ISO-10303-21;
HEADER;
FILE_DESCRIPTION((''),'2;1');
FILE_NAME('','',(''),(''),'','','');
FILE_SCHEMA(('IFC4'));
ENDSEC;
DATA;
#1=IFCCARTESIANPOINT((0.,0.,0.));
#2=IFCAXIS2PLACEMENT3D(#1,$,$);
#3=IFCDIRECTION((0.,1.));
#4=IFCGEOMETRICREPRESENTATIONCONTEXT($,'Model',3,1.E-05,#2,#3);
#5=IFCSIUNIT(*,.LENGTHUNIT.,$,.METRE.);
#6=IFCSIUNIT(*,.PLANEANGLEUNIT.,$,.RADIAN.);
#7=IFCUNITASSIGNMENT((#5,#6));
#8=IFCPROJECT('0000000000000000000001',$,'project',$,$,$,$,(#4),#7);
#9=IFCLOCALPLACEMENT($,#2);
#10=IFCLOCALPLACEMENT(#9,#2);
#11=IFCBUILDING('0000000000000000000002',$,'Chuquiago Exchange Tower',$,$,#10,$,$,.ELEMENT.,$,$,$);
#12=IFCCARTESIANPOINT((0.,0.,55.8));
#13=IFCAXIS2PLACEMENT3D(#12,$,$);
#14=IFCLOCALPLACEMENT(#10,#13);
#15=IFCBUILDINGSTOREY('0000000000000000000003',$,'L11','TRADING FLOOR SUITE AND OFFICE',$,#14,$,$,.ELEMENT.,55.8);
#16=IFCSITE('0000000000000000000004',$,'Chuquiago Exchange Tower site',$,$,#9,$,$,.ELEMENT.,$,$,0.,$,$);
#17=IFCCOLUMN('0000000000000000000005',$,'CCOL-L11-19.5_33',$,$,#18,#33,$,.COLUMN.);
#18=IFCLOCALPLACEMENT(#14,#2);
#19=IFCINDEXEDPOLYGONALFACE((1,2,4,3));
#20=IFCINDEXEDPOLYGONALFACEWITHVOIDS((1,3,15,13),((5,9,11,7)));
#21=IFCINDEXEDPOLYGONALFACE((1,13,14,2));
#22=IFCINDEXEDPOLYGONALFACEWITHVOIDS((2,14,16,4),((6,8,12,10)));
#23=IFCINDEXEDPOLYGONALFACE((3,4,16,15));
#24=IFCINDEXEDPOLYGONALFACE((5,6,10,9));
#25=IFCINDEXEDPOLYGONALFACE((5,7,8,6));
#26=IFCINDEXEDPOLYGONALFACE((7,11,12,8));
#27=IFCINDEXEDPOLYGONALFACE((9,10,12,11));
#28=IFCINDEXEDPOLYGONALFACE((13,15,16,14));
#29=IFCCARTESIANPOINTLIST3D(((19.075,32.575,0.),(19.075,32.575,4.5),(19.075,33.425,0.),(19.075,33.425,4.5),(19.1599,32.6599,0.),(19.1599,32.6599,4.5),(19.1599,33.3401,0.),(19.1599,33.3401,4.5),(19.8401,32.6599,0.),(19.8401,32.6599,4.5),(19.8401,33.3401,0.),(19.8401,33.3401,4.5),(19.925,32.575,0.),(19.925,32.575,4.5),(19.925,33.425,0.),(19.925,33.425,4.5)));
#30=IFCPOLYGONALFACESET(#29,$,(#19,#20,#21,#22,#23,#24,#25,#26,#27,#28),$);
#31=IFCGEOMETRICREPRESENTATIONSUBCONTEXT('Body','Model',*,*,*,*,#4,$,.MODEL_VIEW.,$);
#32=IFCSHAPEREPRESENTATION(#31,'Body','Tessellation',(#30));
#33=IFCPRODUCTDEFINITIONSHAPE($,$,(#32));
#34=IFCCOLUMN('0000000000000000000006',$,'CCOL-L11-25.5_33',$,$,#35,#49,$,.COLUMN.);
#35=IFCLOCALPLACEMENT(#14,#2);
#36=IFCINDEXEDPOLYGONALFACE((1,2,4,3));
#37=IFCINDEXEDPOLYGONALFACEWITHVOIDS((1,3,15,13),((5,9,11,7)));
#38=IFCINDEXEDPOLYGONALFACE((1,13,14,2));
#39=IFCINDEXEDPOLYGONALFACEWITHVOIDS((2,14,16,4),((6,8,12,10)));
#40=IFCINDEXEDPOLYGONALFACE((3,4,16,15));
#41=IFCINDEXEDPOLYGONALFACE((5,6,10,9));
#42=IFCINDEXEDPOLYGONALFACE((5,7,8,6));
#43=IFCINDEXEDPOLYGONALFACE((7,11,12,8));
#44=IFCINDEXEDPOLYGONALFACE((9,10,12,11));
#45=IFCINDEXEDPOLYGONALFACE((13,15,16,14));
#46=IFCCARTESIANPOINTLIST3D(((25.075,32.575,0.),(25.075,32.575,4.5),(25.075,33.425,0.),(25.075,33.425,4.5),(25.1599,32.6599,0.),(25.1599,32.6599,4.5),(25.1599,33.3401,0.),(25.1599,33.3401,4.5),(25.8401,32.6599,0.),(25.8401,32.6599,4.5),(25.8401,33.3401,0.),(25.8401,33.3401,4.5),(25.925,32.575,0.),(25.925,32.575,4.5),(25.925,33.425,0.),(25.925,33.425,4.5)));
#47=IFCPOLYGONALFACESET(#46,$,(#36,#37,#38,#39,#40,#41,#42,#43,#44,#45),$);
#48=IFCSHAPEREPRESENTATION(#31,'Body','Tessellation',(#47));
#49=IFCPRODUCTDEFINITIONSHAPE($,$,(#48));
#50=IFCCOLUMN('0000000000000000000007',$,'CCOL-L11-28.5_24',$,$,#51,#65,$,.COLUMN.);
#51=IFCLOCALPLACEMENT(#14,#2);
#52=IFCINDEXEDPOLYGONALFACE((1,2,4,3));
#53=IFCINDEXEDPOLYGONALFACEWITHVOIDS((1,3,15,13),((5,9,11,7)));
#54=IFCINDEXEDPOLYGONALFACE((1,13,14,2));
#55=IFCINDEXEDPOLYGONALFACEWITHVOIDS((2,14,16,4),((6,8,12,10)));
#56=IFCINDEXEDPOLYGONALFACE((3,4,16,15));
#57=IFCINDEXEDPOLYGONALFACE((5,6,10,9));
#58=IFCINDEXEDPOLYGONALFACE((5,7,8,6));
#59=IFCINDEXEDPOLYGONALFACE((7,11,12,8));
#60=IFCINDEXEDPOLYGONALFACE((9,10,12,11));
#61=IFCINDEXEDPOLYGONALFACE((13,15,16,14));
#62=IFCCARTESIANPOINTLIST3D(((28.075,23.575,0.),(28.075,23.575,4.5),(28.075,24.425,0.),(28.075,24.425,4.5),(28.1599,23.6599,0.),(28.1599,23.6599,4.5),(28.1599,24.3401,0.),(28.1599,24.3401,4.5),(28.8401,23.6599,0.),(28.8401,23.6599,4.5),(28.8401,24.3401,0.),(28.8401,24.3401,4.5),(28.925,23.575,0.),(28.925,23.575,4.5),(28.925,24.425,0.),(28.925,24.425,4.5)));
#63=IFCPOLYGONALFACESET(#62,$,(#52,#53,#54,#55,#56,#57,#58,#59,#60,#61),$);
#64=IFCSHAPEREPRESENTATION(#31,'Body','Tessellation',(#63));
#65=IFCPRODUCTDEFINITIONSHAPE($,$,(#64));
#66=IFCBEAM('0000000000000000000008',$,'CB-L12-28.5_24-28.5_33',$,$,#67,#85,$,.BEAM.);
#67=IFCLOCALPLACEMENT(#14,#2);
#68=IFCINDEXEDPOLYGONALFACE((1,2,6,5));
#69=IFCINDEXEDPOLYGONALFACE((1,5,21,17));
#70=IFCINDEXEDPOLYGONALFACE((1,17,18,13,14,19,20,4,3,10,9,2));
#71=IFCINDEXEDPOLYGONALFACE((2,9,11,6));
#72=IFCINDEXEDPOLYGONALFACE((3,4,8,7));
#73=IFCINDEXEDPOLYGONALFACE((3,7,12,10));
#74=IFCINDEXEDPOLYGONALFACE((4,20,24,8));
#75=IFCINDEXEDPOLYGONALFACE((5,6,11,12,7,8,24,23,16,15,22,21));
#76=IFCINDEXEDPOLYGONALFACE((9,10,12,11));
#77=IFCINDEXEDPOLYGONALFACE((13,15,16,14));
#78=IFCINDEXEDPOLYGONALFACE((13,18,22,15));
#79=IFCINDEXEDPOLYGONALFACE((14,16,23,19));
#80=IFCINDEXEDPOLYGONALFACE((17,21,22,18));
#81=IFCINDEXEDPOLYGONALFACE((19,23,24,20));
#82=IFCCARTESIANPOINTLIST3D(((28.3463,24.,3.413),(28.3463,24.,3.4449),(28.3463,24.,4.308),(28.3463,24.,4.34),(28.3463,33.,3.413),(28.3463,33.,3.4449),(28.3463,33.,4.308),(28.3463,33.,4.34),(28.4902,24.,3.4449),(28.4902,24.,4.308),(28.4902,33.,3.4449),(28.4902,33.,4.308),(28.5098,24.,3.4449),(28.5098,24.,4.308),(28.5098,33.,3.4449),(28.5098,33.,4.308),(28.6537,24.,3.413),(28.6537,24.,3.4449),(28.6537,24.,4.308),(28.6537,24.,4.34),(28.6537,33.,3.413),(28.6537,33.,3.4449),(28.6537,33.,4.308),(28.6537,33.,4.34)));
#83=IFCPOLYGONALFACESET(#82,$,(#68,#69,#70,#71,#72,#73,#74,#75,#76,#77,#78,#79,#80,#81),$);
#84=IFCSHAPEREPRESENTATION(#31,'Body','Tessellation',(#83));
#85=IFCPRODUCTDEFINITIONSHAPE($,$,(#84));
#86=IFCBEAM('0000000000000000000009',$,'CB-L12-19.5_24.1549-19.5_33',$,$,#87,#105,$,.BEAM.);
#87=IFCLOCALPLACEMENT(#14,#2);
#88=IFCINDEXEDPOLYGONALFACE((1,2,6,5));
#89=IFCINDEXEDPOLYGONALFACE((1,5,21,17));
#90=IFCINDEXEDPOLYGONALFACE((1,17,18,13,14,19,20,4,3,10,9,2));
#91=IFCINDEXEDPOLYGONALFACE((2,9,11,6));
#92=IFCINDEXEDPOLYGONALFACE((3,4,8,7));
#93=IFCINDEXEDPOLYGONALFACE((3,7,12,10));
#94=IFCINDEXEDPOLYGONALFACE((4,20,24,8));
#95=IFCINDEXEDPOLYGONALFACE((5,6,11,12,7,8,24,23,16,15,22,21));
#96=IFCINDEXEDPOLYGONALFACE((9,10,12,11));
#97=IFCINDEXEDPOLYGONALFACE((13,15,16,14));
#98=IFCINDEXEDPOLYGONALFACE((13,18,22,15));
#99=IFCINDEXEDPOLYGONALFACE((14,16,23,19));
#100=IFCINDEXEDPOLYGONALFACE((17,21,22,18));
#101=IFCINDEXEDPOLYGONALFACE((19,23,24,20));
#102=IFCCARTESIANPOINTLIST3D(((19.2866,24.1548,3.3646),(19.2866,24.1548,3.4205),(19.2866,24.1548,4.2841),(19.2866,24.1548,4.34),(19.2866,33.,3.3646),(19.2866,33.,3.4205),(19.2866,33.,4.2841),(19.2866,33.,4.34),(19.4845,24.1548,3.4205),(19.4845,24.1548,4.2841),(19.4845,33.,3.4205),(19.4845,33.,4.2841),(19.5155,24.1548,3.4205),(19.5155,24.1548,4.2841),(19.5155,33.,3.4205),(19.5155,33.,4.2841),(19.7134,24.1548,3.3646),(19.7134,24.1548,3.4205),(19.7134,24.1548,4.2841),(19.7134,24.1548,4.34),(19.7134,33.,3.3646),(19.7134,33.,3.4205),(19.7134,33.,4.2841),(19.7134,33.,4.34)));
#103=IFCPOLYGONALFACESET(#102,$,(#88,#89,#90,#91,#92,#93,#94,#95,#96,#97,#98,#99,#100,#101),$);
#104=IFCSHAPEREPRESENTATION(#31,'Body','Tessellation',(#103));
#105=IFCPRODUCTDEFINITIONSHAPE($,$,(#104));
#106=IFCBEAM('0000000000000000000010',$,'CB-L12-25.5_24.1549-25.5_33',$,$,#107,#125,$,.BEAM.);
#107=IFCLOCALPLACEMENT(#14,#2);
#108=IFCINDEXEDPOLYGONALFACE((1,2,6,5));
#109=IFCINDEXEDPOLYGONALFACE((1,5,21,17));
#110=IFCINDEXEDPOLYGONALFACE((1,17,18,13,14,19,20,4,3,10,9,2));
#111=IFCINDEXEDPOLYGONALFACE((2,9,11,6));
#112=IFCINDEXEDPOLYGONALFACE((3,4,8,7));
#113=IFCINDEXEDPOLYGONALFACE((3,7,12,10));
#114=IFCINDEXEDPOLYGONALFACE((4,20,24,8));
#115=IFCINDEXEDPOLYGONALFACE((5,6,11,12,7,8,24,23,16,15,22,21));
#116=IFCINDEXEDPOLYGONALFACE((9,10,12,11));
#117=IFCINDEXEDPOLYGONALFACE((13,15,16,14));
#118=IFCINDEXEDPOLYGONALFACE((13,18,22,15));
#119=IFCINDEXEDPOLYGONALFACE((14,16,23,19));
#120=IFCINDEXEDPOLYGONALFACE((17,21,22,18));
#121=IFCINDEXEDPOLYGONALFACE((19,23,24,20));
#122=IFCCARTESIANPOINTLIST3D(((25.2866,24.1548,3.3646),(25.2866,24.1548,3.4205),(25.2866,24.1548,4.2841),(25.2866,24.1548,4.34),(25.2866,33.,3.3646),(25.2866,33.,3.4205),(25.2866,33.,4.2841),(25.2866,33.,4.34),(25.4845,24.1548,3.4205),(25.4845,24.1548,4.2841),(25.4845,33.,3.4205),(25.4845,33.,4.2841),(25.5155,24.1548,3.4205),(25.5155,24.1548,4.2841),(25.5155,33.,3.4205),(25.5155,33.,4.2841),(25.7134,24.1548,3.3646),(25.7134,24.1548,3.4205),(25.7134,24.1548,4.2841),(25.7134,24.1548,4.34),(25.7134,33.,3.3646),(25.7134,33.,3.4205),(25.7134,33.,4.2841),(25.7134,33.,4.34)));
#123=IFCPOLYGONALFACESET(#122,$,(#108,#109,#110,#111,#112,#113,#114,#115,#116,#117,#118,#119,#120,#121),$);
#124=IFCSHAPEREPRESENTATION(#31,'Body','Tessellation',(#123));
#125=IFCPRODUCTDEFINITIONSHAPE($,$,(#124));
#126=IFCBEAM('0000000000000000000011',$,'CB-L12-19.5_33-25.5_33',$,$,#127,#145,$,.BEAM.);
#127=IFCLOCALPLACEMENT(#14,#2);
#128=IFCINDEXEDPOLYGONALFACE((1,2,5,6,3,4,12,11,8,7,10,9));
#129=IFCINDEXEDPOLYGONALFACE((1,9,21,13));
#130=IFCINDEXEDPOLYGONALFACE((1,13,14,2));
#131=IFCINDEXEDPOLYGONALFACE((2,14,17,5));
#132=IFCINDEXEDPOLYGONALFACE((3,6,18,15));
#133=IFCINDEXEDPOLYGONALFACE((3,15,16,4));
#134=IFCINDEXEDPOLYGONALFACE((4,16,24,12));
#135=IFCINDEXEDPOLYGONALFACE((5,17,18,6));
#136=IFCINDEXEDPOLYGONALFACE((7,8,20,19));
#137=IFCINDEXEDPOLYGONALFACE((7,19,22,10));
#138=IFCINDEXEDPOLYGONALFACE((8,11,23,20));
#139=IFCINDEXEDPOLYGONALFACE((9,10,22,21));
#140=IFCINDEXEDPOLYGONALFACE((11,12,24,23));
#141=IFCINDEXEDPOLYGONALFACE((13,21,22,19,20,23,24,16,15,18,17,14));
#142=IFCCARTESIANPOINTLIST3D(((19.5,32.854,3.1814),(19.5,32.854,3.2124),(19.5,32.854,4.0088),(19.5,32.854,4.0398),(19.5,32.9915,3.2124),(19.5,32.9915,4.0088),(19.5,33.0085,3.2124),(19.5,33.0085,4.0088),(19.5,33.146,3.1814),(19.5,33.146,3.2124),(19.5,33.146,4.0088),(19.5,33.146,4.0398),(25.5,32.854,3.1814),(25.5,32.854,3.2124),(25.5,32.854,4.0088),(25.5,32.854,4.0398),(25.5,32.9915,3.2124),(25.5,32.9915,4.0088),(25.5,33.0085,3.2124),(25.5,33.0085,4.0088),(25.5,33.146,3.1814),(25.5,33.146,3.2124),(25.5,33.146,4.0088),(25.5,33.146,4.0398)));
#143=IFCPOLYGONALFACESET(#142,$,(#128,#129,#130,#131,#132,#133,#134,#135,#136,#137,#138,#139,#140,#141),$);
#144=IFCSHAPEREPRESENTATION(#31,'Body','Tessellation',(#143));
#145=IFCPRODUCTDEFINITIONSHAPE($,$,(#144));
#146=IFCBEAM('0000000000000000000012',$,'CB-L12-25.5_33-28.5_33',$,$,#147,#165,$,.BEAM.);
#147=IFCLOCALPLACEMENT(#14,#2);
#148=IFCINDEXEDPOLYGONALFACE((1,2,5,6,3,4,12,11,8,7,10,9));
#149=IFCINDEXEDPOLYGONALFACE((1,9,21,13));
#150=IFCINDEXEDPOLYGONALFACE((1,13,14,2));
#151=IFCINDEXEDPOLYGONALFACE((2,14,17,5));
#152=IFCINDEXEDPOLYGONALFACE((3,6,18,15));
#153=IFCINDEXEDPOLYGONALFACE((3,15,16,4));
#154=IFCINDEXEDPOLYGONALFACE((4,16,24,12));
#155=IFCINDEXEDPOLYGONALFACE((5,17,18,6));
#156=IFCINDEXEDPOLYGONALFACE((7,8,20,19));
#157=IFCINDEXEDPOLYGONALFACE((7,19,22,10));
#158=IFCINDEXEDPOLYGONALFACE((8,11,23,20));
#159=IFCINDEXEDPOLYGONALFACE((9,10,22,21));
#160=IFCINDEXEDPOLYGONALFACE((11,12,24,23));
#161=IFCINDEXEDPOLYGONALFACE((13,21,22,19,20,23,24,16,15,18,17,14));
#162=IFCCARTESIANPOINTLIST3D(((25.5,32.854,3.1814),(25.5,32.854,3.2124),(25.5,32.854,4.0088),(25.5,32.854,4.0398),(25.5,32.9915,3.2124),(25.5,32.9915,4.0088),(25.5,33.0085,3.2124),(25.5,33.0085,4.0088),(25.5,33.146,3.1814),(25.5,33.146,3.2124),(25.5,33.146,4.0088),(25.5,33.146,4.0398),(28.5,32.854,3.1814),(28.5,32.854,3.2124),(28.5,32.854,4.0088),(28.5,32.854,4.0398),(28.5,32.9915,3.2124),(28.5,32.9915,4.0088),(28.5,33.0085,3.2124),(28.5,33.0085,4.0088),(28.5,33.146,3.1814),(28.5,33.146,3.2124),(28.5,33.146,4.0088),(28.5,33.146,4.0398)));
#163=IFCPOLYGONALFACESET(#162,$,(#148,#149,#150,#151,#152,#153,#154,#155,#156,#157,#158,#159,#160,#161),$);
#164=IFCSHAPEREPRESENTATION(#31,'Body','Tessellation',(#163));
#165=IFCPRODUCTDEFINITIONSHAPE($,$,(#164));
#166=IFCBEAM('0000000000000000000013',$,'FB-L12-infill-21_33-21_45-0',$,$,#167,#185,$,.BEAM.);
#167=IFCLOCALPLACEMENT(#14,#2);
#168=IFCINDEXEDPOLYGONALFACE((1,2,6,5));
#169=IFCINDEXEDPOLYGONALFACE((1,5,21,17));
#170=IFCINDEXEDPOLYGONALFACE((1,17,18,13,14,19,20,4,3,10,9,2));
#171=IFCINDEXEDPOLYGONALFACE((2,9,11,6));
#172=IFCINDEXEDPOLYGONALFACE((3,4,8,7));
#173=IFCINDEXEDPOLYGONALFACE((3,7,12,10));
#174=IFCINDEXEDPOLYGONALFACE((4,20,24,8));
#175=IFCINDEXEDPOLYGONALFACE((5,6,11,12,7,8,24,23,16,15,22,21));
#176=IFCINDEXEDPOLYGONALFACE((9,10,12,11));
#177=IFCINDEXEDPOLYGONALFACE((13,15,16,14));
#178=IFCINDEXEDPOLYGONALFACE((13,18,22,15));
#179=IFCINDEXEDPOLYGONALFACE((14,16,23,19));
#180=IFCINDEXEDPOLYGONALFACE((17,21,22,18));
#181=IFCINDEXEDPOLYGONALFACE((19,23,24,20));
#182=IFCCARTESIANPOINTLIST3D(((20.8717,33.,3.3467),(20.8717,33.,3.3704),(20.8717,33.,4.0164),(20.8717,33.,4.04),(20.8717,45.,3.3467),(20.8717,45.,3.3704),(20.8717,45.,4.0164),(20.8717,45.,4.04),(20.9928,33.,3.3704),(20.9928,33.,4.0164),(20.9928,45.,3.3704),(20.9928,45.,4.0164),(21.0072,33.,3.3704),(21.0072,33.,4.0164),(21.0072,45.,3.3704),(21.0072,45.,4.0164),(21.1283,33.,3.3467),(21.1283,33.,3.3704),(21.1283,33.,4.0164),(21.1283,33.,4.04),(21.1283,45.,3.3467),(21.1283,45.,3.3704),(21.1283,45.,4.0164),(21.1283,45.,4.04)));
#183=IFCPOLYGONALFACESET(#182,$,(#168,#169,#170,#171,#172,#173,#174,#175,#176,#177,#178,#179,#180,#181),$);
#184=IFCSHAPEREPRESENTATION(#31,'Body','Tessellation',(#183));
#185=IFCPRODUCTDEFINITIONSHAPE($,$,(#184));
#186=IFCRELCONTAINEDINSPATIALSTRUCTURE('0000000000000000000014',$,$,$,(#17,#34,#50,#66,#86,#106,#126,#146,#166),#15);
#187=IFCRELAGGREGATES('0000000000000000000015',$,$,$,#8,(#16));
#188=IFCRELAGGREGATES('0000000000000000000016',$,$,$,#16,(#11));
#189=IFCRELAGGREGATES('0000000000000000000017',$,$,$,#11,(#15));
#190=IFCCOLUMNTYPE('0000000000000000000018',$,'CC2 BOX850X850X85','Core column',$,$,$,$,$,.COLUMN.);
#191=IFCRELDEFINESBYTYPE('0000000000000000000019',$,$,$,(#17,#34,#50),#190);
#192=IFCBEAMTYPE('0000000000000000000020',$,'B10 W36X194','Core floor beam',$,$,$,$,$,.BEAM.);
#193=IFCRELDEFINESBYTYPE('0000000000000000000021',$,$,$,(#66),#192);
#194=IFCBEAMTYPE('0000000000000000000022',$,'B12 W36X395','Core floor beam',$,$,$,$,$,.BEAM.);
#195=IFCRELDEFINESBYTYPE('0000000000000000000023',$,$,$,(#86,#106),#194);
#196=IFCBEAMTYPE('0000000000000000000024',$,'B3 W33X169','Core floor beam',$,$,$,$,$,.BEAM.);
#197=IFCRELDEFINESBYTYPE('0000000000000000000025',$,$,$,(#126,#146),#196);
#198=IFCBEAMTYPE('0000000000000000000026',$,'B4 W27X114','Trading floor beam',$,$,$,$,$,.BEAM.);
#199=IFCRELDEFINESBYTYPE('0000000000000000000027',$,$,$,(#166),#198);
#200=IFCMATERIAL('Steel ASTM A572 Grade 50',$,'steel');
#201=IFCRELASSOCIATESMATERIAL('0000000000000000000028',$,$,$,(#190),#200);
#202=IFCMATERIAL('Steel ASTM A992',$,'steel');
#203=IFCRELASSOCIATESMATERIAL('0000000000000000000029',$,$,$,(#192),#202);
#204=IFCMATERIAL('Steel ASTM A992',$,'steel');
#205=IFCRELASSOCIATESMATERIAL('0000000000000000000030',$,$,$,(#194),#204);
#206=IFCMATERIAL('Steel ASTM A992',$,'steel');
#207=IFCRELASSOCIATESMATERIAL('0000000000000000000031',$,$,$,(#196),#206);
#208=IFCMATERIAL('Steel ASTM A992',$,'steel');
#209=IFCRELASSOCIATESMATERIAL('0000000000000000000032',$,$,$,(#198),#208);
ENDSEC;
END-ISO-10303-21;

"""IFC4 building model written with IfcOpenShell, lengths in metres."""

from ifc_helpers import new_model, si_unit, direction, frame, origin, origin_2d, place, context, subcontext, project, spatial, hollow_rectangle, i_section, extrude, material, material_profile, profile_set, type_object, element, save


model = new_model("IFC4")

# Units and contexts
model_context = context("Model", 3, precision=1e-05, world=origin(), true_north=direction((0.0, 1.0)))
body_context = subcontext(model_context, "Body", "Model", "MODEL_VIEW")
ifc_project = project(units=[si_unit("LENGTHUNIT", "METRE"), si_unit("PLANEANGLEUNIT", "RADIAN")], contexts=[model_context])

# Site, building, storey
site_placement = place(None, origin())
site = spatial("IfcSite", under=ifc_project, at=site_placement, Name="Chuquiago Exchange Tower site", CompositionType="ELEMENT", RefElevation=0.0)
building_placement = place(site_placement, origin())
building = spatial("IfcBuilding", under=site, at=building_placement, Name="Chuquiago Exchange Tower", CompositionType="ELEMENT")
storey_placement = place(building_placement, frame((0.0, 0.0, 55.8)))
storey = spatial("IfcBuildingStorey", under=building, at=storey_placement, Name="L11", Description="TRADING FLOOR SUITE AND OFFICE", CompositionType="ELEMENT", Elevation=55.8)

# Columns
ifc_material_1 = material(Name="Steel ASTM A572 Grade 50", Category="steel")
ifc_material_profile_1 = material_profile(ifc_material_1, hollow_rectangle(XDim=0.8501, YDim=0.8501, WallThickness=0.085, at=origin_2d()), Name="BOX850X850X85")
ifc_profile_set_1 = profile_set([ifc_material_profile_1], Name="Steel ASTM A572 Grade 50")
column_type = type_object("IfcColumnType", Name="CC2 BOX850X850X85", Description="Core column", PredefinedType="COLUMN", material=ifc_profile_set_1)
for number, where, z_axis, x_axis, name in (
    (1, (19.5, 33.0, 0.0), (0.0, 0.0, 1.0), (1.0, 0.0, 0.0), "CCOL-L11-19.5_33"),
    (2, (25.5, 33.0, 0.0), (0.0, 0.0, 1.0), (1.0, 0.0, 0.0), "CCOL-L11-25.5_33"),
    (3, (28.5, 24.0, 0.0), (0.0, 0.0, 1.0), (1.0, 0.0, 0.0), "CCOL-L11-28.5_24"),
):
    element("IfcColumn", number, at=place(storey_placement, frame(where, z_axis=z_axis, x_axis=x_axis)), inside=storey, type_object=column_type, Name=name, PredefinedType="COLUMN", context=body_context, shape_type="SweptSolid", body=[
        extrude(hollow_rectangle(XDim=0.8501, YDim=0.8501, WallThickness=0.085, at=origin_2d()), origin(), (0.0, 0.0, 1.0), 4.5),
    ])

# Beams
ifc_material_2 = material(Name="Steel ASTM A992", Category="steel")
ifc_material_profile_2 = material_profile(ifc_material_2, i_section(OverallWidth=0.3074, OverallDepth=0.927, WebThickness=0.0195, FlangeThickness=0.032, at=origin_2d()), Name="W36X194")
ifc_profile_set_2 = profile_set([ifc_material_profile_2], Name="Steel ASTM A992")
beam_type_1 = type_object("IfcBeamType", Name="B10 W36X194", Description="Core floor beam", PredefinedType="BEAM", material=ifc_profile_set_2)
beam_1_placement = place(storey_placement, frame((28.5, 24.0, 3.8765), z_axis=(0.0, 1.0, 0.0), x_axis=(-1.0, 0.0, 0.0)))
element("IfcBeam", 4, at=beam_1_placement, inside=storey, type_object=beam_type_1, Name="CB-L12-28.5_24-28.5_33", PredefinedType="BEAM", context=body_context, shape_type="SweptSolid", body=[
    extrude(i_section(OverallWidth=0.3074, OverallDepth=0.927, WebThickness=0.0195, FlangeThickness=0.032, at=origin_2d()), origin(), (0.0, 0.0, 1.0), 9.0),
])
ifc_material_3 = material(Name="Steel ASTM A992", Category="steel")
ifc_material_profile_3 = material_profile(ifc_material_3, i_section(OverallWidth=0.4268, OverallDepth=0.9753, WebThickness=0.031, FlangeThickness=0.0559, at=origin_2d()), Name="W36X395")
ifc_profile_set_3 = profile_set([ifc_material_profile_3], Name="Steel ASTM A992")
beam_type_2 = type_object("IfcBeamType", Name="B12 W36X395", Description="Core floor beam", PredefinedType="BEAM", material=ifc_profile_set_3)
for number, where, z_axis, x_axis, name in (
    (5, (19.5, 24.1548, 3.8523), (0.0, 1.0, 0.0), (-1.0, 0.0, 0.0), "CB-L12-19.5_24.1549-19.5_33"),
    (6, (25.5, 24.1548, 3.8523), (0.0, 1.0, 0.0), (-1.0, 0.0, 0.0), "CB-L12-25.5_24.1549-25.5_33"),
):
    element("IfcBeam", number, at=place(storey_placement, frame(where, z_axis=z_axis, x_axis=x_axis)), inside=storey, type_object=beam_type_2, Name=name, PredefinedType="BEAM", context=body_context, shape_type="SweptSolid", body=[
        extrude(i_section(OverallWidth=0.4268, OverallDepth=0.9753, WebThickness=0.031, FlangeThickness=0.0559, at=origin_2d()), origin(), (0.0, 0.0, 1.0), 8.8452),
    ])
ifc_material_4 = material(Name="Steel ASTM A992", Category="steel")
ifc_material_profile_4 = material_profile(ifc_material_4, i_section(OverallWidth=0.292, OverallDepth=0.8584, WebThickness=0.0171, FlangeThickness=0.031, at=origin_2d()), Name="W33X169")
ifc_profile_set_4 = profile_set([ifc_material_profile_4], Name="Steel ASTM A992")
beam_type_3 = type_object("IfcBeamType", Name="B3 W33X169", Description="Core floor beam", PredefinedType="BEAM", material=ifc_profile_set_4)
beam_2_placement = place(storey_placement, frame((19.5, 33.0, 3.6106), z_axis=(1.0, 0.0, 0.0), x_axis=(0.0, 1.0, 0.0)))
element("IfcBeam", 7, at=beam_2_placement, inside=storey, type_object=beam_type_3, Name="CB-L12-19.5_33-25.5_33", PredefinedType="BEAM", context=body_context, shape_type="SweptSolid", body=[
    extrude(i_section(OverallWidth=0.292, OverallDepth=0.8584, WebThickness=0.0171, FlangeThickness=0.031, at=origin_2d()), origin(), (0.0, 0.0, 1.0), 6.0),
])
beam_3_placement = place(storey_placement, frame((25.5, 33.0, 3.6106), z_axis=(1.0, 0.0, 0.0), x_axis=(0.0, 1.0, 0.0)))
element("IfcBeam", 8, at=beam_3_placement, inside=storey, type_object=beam_type_3, Name="CB-L12-25.5_33-28.5_33", PredefinedType="BEAM", context=body_context, shape_type="SweptSolid", body=[
    extrude(i_section(OverallWidth=0.292, OverallDepth=0.8584, WebThickness=0.0171, FlangeThickness=0.031, at=origin_2d()), origin(), (0.0, 0.0, 1.0), 3.0),
])
ifc_material_5 = material(Name="Steel ASTM A992", Category="steel")
ifc_material_profile_5 = material_profile(ifc_material_5, i_section(OverallWidth=0.2566, OverallDepth=0.6934, WebThickness=0.0144, FlangeThickness=0.0237, at=origin_2d()), Name="W27X114")
ifc_profile_set_5 = profile_set([ifc_material_profile_5], Name="Steel ASTM A992")
beam_type_4 = type_object("IfcBeamType", Name="B4 W27X114", Description="Trading floor beam", PredefinedType="BEAM", material=ifc_profile_set_5)
for number, where, z_axis, x_axis, name in (
    (9, (21.0, 33.0, 3.6934), (0.0, 1.0, 0.0), (-1.0, 0.0, 0.0), "FB-L12-infill-21_33-21_45-0"),
):
    element("IfcBeam", number, at=place(storey_placement, frame(where, z_axis=z_axis, x_axis=x_axis)), inside=storey, type_object=beam_type_4, Name=name, PredefinedType="BEAM", context=body_context, shape_type="SweptSolid", body=[
        extrude(i_section(OverallWidth=0.2566, OverallDepth=0.6934, WebThickness=0.0144, FlangeThickness=0.0237, at=origin_2d()), origin(), (0.0, 0.0, 1.0), 12.0),
    ])

save(model, "model.ifc")
